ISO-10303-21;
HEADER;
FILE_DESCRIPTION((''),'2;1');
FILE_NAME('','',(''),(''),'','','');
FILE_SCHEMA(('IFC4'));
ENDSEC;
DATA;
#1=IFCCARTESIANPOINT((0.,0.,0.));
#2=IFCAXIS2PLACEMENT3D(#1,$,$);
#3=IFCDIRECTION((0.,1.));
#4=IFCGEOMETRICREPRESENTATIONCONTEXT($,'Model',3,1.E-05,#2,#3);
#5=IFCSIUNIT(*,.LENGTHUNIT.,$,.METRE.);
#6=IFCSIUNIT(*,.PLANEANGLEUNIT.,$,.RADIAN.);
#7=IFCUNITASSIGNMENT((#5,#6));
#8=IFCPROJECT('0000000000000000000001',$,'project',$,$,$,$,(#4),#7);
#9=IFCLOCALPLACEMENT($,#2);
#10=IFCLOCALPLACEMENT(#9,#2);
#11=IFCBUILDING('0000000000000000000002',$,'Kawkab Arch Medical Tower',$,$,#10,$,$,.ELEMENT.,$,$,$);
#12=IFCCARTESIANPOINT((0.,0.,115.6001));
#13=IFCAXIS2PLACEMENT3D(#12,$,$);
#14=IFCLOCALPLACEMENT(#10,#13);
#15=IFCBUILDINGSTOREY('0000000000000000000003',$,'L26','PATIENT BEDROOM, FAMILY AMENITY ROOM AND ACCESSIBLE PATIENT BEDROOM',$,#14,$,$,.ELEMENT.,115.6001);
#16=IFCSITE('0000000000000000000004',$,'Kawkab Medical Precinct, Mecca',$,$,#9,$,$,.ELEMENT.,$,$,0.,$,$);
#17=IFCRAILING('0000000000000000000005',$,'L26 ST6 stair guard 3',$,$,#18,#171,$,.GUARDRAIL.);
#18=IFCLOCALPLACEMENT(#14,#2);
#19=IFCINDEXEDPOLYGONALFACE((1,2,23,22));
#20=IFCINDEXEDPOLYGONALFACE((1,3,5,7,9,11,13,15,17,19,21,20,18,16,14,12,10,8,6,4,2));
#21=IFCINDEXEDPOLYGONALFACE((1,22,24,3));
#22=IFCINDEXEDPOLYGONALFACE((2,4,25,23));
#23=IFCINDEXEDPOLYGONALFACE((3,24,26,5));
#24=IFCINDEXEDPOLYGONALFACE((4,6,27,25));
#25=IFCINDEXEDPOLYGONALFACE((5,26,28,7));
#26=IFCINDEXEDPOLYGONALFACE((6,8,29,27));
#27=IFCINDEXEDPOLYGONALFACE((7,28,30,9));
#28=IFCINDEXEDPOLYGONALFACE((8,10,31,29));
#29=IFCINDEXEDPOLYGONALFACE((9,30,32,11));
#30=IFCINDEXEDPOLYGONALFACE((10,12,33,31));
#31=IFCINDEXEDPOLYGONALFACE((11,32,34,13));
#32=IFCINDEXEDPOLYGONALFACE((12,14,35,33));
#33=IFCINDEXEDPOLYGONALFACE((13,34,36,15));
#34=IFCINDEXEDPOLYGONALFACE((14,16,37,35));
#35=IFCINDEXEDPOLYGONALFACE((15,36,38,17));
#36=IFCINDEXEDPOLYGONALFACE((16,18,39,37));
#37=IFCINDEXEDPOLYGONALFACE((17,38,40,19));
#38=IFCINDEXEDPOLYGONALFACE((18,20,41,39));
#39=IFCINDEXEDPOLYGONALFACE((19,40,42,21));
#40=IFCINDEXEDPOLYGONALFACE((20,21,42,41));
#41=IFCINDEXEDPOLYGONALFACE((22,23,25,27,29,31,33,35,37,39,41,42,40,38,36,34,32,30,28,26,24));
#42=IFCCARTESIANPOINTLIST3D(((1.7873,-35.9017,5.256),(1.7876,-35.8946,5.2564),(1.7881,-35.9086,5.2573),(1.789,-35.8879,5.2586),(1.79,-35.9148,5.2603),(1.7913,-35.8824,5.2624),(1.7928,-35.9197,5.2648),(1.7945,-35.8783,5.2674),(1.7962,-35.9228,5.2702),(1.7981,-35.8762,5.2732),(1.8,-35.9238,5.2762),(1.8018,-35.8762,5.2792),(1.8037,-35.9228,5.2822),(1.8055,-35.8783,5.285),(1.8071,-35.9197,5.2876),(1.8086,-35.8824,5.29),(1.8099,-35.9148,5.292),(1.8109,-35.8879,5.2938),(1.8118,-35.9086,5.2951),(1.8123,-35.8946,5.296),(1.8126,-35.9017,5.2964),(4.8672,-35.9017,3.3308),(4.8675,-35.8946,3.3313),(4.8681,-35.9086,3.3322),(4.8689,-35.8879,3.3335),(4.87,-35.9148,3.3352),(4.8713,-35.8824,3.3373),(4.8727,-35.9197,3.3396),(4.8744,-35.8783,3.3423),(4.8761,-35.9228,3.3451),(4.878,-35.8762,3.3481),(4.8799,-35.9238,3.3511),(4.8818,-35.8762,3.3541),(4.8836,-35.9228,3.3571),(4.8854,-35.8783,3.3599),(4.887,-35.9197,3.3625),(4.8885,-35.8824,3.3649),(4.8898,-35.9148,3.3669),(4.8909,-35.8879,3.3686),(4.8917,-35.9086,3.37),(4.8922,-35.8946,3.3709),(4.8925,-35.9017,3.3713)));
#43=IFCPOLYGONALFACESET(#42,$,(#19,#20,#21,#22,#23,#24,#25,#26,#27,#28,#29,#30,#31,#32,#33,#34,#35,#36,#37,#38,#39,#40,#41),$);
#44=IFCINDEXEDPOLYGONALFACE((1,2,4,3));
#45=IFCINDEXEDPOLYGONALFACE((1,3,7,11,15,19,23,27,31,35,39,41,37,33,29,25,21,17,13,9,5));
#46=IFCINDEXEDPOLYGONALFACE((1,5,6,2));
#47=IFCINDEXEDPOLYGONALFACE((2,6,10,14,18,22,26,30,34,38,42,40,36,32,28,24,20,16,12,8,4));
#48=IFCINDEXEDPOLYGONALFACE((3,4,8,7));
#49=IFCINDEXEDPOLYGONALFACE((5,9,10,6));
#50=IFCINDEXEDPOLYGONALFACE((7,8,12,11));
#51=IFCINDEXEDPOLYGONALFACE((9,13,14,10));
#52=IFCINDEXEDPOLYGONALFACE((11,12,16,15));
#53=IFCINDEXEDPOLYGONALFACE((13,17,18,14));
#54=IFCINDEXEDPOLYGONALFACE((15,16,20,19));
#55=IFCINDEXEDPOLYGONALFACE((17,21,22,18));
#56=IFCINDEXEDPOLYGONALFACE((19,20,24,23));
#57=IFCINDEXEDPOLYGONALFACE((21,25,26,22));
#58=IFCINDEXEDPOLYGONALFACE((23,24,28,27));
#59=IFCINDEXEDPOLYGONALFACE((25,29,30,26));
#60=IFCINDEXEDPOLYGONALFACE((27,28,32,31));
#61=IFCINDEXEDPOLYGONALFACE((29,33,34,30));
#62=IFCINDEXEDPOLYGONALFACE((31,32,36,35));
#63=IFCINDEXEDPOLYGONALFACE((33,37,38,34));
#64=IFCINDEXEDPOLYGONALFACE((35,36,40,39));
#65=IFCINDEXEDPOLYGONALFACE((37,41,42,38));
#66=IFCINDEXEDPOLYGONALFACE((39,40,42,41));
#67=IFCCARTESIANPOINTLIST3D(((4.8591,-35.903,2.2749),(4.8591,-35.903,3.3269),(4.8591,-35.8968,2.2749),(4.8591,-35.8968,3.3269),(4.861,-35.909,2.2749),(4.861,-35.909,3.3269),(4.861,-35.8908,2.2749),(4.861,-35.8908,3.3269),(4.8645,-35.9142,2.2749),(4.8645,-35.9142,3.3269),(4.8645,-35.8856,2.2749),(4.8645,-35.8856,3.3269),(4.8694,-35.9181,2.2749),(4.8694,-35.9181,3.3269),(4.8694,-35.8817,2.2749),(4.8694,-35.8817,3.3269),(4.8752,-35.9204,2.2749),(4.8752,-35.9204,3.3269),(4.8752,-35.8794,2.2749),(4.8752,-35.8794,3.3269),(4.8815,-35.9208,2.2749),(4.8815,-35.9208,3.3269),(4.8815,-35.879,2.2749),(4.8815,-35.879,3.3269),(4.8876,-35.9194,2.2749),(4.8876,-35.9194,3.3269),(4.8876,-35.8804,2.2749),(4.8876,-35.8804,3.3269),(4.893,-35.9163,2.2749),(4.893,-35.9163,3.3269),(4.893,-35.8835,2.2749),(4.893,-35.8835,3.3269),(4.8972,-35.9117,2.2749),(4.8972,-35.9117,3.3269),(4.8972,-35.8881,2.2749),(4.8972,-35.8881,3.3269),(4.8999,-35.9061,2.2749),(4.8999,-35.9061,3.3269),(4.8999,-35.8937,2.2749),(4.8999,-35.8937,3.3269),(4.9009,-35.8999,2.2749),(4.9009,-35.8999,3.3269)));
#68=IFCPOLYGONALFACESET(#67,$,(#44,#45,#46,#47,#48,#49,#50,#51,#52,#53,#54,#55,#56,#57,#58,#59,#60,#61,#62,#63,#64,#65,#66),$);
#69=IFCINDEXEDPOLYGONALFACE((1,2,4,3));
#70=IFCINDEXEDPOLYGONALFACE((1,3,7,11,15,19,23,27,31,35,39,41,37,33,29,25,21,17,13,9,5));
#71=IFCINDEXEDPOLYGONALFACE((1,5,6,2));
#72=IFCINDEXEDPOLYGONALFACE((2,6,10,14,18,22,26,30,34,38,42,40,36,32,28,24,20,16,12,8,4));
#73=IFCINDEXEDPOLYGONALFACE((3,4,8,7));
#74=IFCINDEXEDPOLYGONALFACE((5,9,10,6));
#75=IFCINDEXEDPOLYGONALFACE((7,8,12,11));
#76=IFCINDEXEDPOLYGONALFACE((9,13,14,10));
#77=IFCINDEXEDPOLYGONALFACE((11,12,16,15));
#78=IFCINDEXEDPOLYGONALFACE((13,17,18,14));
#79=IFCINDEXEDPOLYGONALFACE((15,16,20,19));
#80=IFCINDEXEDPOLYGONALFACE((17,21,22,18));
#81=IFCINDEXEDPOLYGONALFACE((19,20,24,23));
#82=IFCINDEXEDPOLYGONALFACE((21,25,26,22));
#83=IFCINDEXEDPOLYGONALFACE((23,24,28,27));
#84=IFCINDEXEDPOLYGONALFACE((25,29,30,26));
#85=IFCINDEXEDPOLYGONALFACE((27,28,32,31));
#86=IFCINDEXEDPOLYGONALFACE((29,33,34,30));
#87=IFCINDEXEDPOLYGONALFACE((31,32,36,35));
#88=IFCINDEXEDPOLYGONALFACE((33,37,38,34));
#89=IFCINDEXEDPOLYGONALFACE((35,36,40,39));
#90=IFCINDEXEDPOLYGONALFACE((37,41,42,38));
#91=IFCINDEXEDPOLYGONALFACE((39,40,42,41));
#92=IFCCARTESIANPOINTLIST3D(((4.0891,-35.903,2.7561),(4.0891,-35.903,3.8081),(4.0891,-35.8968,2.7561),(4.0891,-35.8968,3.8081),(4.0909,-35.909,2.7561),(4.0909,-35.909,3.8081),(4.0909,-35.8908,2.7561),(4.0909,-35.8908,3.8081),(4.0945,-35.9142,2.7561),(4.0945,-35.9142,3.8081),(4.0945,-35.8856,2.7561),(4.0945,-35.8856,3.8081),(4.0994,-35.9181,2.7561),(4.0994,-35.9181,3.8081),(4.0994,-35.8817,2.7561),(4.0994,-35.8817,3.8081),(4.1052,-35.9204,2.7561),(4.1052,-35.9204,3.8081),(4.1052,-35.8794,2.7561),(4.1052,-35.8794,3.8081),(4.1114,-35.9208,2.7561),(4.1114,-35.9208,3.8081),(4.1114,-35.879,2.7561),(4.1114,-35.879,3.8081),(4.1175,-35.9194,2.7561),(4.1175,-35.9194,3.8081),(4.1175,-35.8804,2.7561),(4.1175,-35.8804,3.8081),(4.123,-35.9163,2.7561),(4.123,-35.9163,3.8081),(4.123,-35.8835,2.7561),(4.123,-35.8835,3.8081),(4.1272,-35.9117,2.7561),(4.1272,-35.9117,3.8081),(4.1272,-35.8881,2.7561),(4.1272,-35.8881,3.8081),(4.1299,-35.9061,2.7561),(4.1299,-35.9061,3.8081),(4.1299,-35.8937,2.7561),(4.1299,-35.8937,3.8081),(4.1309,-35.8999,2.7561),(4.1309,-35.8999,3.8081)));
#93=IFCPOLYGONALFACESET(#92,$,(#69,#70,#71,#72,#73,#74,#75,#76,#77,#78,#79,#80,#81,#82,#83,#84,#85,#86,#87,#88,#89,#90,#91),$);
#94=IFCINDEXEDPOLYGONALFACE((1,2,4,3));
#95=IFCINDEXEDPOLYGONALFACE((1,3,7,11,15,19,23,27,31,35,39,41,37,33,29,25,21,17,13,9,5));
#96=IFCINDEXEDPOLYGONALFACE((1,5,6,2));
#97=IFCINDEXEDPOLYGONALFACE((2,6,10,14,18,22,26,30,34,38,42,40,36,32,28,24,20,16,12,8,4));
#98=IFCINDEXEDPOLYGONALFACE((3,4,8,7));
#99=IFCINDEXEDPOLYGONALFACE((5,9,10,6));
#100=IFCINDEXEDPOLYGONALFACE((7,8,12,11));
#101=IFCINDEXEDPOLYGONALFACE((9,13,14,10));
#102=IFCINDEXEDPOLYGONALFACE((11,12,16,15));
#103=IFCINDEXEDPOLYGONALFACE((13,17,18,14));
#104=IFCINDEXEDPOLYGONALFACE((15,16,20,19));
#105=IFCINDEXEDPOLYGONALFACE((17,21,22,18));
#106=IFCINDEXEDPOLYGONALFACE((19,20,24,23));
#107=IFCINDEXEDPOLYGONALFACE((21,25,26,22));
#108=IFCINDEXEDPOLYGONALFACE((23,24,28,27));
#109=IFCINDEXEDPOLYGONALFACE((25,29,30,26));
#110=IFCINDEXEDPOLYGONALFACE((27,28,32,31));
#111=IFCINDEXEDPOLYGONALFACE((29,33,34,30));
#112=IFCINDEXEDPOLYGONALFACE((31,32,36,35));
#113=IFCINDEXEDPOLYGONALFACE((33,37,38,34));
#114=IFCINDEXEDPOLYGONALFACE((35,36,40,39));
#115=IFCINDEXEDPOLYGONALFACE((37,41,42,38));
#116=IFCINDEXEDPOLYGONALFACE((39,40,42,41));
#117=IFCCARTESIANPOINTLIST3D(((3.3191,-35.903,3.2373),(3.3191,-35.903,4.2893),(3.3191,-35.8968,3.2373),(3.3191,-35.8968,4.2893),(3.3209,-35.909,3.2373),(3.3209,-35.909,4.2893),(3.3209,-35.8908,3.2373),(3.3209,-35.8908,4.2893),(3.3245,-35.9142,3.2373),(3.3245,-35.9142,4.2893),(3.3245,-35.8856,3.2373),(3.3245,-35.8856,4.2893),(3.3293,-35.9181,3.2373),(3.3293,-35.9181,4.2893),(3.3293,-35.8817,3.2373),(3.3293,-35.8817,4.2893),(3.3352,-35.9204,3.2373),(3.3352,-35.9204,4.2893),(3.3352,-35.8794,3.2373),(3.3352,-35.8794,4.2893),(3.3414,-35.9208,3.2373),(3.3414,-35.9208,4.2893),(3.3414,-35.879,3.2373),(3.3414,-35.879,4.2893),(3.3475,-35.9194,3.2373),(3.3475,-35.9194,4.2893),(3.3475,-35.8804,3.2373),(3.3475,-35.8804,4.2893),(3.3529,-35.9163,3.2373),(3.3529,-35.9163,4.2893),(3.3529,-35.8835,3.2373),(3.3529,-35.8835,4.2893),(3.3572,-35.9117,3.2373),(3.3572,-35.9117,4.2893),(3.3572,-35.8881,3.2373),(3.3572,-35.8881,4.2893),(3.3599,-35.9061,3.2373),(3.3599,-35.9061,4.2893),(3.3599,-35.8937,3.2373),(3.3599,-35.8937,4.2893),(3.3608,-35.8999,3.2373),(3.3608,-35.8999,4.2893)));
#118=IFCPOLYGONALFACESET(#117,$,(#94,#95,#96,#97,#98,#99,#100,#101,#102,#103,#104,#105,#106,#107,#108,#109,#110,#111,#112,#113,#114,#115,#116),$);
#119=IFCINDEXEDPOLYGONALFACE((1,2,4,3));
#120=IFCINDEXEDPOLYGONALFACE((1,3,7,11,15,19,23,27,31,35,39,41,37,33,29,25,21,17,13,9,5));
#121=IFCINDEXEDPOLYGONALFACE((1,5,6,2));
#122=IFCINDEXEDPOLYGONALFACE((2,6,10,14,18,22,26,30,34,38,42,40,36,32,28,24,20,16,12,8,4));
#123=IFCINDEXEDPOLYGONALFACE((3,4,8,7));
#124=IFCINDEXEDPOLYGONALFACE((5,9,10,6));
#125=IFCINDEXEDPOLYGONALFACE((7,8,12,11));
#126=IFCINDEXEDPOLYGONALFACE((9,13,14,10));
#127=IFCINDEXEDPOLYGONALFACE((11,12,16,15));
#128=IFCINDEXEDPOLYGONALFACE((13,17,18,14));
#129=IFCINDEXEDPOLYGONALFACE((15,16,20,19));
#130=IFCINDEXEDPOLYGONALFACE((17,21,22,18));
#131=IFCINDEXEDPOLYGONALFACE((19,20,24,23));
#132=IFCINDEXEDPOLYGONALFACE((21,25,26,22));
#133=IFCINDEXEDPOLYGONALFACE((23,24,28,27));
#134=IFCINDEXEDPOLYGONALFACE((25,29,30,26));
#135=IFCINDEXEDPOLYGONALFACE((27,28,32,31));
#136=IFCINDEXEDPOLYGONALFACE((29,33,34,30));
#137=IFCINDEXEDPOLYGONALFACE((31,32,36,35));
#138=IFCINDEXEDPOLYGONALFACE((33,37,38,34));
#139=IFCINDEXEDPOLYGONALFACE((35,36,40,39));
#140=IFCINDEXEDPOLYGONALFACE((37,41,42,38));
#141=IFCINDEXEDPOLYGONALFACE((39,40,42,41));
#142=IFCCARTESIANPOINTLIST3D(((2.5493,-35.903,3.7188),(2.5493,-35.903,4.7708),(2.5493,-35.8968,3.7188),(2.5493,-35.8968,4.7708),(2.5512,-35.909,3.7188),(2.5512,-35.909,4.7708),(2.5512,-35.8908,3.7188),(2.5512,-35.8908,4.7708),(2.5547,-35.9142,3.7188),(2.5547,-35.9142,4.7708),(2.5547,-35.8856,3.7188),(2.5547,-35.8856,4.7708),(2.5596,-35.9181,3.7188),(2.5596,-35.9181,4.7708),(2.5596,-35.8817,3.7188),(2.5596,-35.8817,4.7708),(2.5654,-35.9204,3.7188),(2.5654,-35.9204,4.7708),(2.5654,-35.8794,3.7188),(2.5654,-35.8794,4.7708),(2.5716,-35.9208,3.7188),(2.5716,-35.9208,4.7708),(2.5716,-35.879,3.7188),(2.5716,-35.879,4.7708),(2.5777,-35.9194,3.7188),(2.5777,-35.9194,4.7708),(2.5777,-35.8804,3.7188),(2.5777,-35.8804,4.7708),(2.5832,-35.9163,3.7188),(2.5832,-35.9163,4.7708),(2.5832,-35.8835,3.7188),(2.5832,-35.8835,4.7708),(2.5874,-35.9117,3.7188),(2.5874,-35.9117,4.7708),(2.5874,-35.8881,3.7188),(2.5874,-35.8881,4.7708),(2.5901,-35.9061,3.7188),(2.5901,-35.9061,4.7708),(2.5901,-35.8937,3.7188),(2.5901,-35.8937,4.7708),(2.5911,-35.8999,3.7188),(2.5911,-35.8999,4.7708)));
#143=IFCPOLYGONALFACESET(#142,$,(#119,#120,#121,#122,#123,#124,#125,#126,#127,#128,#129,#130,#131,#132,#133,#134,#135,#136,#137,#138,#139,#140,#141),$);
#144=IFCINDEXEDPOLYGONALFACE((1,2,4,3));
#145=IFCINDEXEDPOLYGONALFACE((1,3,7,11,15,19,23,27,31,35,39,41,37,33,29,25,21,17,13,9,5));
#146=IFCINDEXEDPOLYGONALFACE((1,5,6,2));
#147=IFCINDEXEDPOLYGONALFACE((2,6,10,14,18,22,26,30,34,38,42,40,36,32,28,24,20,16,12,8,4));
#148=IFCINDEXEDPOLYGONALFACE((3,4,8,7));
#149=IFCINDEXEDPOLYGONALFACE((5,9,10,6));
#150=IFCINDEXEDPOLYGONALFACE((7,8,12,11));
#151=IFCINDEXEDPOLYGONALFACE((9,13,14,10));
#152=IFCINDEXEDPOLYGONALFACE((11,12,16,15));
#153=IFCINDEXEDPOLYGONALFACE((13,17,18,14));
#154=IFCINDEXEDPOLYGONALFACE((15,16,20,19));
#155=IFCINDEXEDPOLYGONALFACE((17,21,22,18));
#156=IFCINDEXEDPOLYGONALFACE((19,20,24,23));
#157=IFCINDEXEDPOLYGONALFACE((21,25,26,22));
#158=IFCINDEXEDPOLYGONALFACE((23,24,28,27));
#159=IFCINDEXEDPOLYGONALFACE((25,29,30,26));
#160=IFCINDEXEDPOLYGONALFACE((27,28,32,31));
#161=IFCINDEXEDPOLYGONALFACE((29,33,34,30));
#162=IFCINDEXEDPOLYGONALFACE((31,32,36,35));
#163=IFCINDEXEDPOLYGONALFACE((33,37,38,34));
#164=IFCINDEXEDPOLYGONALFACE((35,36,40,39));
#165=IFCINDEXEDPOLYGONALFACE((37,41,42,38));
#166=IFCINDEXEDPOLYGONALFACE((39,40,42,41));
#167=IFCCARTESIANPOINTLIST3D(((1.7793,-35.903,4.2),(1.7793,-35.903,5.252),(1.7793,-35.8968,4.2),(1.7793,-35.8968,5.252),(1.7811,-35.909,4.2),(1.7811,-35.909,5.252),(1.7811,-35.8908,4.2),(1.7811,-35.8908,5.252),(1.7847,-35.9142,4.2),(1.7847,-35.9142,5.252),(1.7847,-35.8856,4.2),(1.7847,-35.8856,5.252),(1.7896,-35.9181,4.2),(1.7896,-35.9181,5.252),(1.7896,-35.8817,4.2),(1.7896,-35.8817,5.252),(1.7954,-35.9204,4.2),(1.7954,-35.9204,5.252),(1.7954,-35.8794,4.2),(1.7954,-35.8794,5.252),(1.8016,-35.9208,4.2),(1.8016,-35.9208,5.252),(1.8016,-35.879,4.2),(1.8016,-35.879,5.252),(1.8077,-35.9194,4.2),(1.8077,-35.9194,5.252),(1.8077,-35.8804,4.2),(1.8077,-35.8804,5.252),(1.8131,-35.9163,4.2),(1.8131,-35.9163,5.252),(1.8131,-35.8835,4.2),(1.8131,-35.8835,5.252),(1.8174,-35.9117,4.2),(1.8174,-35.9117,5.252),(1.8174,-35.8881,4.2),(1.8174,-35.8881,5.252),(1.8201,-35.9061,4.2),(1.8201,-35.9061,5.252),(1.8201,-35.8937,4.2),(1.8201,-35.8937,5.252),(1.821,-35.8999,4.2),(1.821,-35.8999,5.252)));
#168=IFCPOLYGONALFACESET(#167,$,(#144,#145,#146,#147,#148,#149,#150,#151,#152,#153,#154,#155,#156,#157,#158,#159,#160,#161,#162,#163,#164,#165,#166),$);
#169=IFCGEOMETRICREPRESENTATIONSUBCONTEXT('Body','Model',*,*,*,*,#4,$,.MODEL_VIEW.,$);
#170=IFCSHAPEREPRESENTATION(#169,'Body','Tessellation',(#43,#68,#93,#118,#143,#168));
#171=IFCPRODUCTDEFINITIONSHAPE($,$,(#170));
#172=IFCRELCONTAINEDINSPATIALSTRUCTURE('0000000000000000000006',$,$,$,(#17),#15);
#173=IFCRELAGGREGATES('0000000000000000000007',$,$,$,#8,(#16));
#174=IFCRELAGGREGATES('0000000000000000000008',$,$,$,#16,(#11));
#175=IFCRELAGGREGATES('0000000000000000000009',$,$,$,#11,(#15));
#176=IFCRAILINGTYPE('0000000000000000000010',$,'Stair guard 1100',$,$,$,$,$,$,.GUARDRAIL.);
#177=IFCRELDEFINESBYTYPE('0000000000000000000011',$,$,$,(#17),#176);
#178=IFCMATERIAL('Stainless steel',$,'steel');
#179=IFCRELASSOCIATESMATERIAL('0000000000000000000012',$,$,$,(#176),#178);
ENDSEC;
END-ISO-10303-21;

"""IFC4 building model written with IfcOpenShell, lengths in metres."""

from ifc_helpers import new_model, si_unit, direction, frame, origin, origin_2d, place, context, subcontext, project, spatial, circle, extrude, material, type_object, element, save


model = new_model("IFC4")

# Units and contexts
model_context = context("Model", 3, precision=1e-05, world=origin(), true_north=direction((0.0, 1.0)))
body_context = subcontext(model_context, "Body", "Model", "MODEL_VIEW")
ifc_project = project(units=[si_unit("LENGTHUNIT", "METRE"), si_unit("PLANEANGLEUNIT", "RADIAN")], contexts=[model_context])

# Site, building, storey
site_placement = place(None, origin())
site = spatial("IfcSite", under=ifc_project, at=site_placement, Name="Kawkab Medical Precinct, Mecca", CompositionType="ELEMENT", RefElevation=0.0)
building_placement = place(site_placement, origin())
building = spatial("IfcBuilding", under=site, at=building_placement, Name="Kawkab Arch Medical Tower", CompositionType="ELEMENT")
storey_placement = place(building_placement, frame((0.0, 0.0, 115.6001)))
storey = spatial("IfcBuildingStorey", under=building, at=storey_placement, Name="L26", Description="PATIENT BEDROOM, FAMILY AMENITY ROOM AND ACCESSIBLE PATIENT BEDROOM", CompositionType="ELEMENT", Elevation=115.6001)

# Railing
ifc_material_1 = material(Name="Stainless steel", Category="steel")
railing_type = type_object("IfcRailingType", Name="Stair guard 1100", PredefinedType="GUARDRAIL", material=ifc_material_1)
railing_1_placement = place(storey_placement, frame((4.8799, -35.8999, 2.2749)))
element("IfcRailing", 1, at=railing_1_placement, inside=storey, type_object=railing_type, Name="L26 ST6 stair guard 3", PredefinedType="GUARDRAIL", context=body_context, shape_type="SweptSolid", body=[
    extrude(circle(Radius=0.0239, at=origin_2d()), frame((0.0, 0.0, 1.0762), z_axis=(-0.847979, 0.0, 0.530029), x_axis=(0.0, -1.0, 0.0)), (0.0, 0.0, 1.0), 3.6321),
    extrude(circle(Radius=0.021, at=origin_2d()), origin(), (0.0, 0.0, 1.0), 1.052),
    extrude(circle(Radius=0.021, at=origin_2d()), frame((-0.77, 0.0, 0.4812)), (0.0, 0.0, 1.0), 1.052),
    extrude(circle(Radius=0.021, at=origin_2d()), frame((-1.54, 0.0, 0.9624)), (0.0, 0.0, 1.0), 1.052),
    extrude(circle(Radius=0.021, at=origin_2d()), frame((-2.3098, 0.0, 1.4438)), (0.0, 0.0, 1.0), 1.052),
    extrude(circle(Radius=0.021, at=origin_2d()), frame((-3.0798, 0.0, 1.925)), (0.0, 0.0, 1.0), 1.052),
])

save(model, "model.ifc")
